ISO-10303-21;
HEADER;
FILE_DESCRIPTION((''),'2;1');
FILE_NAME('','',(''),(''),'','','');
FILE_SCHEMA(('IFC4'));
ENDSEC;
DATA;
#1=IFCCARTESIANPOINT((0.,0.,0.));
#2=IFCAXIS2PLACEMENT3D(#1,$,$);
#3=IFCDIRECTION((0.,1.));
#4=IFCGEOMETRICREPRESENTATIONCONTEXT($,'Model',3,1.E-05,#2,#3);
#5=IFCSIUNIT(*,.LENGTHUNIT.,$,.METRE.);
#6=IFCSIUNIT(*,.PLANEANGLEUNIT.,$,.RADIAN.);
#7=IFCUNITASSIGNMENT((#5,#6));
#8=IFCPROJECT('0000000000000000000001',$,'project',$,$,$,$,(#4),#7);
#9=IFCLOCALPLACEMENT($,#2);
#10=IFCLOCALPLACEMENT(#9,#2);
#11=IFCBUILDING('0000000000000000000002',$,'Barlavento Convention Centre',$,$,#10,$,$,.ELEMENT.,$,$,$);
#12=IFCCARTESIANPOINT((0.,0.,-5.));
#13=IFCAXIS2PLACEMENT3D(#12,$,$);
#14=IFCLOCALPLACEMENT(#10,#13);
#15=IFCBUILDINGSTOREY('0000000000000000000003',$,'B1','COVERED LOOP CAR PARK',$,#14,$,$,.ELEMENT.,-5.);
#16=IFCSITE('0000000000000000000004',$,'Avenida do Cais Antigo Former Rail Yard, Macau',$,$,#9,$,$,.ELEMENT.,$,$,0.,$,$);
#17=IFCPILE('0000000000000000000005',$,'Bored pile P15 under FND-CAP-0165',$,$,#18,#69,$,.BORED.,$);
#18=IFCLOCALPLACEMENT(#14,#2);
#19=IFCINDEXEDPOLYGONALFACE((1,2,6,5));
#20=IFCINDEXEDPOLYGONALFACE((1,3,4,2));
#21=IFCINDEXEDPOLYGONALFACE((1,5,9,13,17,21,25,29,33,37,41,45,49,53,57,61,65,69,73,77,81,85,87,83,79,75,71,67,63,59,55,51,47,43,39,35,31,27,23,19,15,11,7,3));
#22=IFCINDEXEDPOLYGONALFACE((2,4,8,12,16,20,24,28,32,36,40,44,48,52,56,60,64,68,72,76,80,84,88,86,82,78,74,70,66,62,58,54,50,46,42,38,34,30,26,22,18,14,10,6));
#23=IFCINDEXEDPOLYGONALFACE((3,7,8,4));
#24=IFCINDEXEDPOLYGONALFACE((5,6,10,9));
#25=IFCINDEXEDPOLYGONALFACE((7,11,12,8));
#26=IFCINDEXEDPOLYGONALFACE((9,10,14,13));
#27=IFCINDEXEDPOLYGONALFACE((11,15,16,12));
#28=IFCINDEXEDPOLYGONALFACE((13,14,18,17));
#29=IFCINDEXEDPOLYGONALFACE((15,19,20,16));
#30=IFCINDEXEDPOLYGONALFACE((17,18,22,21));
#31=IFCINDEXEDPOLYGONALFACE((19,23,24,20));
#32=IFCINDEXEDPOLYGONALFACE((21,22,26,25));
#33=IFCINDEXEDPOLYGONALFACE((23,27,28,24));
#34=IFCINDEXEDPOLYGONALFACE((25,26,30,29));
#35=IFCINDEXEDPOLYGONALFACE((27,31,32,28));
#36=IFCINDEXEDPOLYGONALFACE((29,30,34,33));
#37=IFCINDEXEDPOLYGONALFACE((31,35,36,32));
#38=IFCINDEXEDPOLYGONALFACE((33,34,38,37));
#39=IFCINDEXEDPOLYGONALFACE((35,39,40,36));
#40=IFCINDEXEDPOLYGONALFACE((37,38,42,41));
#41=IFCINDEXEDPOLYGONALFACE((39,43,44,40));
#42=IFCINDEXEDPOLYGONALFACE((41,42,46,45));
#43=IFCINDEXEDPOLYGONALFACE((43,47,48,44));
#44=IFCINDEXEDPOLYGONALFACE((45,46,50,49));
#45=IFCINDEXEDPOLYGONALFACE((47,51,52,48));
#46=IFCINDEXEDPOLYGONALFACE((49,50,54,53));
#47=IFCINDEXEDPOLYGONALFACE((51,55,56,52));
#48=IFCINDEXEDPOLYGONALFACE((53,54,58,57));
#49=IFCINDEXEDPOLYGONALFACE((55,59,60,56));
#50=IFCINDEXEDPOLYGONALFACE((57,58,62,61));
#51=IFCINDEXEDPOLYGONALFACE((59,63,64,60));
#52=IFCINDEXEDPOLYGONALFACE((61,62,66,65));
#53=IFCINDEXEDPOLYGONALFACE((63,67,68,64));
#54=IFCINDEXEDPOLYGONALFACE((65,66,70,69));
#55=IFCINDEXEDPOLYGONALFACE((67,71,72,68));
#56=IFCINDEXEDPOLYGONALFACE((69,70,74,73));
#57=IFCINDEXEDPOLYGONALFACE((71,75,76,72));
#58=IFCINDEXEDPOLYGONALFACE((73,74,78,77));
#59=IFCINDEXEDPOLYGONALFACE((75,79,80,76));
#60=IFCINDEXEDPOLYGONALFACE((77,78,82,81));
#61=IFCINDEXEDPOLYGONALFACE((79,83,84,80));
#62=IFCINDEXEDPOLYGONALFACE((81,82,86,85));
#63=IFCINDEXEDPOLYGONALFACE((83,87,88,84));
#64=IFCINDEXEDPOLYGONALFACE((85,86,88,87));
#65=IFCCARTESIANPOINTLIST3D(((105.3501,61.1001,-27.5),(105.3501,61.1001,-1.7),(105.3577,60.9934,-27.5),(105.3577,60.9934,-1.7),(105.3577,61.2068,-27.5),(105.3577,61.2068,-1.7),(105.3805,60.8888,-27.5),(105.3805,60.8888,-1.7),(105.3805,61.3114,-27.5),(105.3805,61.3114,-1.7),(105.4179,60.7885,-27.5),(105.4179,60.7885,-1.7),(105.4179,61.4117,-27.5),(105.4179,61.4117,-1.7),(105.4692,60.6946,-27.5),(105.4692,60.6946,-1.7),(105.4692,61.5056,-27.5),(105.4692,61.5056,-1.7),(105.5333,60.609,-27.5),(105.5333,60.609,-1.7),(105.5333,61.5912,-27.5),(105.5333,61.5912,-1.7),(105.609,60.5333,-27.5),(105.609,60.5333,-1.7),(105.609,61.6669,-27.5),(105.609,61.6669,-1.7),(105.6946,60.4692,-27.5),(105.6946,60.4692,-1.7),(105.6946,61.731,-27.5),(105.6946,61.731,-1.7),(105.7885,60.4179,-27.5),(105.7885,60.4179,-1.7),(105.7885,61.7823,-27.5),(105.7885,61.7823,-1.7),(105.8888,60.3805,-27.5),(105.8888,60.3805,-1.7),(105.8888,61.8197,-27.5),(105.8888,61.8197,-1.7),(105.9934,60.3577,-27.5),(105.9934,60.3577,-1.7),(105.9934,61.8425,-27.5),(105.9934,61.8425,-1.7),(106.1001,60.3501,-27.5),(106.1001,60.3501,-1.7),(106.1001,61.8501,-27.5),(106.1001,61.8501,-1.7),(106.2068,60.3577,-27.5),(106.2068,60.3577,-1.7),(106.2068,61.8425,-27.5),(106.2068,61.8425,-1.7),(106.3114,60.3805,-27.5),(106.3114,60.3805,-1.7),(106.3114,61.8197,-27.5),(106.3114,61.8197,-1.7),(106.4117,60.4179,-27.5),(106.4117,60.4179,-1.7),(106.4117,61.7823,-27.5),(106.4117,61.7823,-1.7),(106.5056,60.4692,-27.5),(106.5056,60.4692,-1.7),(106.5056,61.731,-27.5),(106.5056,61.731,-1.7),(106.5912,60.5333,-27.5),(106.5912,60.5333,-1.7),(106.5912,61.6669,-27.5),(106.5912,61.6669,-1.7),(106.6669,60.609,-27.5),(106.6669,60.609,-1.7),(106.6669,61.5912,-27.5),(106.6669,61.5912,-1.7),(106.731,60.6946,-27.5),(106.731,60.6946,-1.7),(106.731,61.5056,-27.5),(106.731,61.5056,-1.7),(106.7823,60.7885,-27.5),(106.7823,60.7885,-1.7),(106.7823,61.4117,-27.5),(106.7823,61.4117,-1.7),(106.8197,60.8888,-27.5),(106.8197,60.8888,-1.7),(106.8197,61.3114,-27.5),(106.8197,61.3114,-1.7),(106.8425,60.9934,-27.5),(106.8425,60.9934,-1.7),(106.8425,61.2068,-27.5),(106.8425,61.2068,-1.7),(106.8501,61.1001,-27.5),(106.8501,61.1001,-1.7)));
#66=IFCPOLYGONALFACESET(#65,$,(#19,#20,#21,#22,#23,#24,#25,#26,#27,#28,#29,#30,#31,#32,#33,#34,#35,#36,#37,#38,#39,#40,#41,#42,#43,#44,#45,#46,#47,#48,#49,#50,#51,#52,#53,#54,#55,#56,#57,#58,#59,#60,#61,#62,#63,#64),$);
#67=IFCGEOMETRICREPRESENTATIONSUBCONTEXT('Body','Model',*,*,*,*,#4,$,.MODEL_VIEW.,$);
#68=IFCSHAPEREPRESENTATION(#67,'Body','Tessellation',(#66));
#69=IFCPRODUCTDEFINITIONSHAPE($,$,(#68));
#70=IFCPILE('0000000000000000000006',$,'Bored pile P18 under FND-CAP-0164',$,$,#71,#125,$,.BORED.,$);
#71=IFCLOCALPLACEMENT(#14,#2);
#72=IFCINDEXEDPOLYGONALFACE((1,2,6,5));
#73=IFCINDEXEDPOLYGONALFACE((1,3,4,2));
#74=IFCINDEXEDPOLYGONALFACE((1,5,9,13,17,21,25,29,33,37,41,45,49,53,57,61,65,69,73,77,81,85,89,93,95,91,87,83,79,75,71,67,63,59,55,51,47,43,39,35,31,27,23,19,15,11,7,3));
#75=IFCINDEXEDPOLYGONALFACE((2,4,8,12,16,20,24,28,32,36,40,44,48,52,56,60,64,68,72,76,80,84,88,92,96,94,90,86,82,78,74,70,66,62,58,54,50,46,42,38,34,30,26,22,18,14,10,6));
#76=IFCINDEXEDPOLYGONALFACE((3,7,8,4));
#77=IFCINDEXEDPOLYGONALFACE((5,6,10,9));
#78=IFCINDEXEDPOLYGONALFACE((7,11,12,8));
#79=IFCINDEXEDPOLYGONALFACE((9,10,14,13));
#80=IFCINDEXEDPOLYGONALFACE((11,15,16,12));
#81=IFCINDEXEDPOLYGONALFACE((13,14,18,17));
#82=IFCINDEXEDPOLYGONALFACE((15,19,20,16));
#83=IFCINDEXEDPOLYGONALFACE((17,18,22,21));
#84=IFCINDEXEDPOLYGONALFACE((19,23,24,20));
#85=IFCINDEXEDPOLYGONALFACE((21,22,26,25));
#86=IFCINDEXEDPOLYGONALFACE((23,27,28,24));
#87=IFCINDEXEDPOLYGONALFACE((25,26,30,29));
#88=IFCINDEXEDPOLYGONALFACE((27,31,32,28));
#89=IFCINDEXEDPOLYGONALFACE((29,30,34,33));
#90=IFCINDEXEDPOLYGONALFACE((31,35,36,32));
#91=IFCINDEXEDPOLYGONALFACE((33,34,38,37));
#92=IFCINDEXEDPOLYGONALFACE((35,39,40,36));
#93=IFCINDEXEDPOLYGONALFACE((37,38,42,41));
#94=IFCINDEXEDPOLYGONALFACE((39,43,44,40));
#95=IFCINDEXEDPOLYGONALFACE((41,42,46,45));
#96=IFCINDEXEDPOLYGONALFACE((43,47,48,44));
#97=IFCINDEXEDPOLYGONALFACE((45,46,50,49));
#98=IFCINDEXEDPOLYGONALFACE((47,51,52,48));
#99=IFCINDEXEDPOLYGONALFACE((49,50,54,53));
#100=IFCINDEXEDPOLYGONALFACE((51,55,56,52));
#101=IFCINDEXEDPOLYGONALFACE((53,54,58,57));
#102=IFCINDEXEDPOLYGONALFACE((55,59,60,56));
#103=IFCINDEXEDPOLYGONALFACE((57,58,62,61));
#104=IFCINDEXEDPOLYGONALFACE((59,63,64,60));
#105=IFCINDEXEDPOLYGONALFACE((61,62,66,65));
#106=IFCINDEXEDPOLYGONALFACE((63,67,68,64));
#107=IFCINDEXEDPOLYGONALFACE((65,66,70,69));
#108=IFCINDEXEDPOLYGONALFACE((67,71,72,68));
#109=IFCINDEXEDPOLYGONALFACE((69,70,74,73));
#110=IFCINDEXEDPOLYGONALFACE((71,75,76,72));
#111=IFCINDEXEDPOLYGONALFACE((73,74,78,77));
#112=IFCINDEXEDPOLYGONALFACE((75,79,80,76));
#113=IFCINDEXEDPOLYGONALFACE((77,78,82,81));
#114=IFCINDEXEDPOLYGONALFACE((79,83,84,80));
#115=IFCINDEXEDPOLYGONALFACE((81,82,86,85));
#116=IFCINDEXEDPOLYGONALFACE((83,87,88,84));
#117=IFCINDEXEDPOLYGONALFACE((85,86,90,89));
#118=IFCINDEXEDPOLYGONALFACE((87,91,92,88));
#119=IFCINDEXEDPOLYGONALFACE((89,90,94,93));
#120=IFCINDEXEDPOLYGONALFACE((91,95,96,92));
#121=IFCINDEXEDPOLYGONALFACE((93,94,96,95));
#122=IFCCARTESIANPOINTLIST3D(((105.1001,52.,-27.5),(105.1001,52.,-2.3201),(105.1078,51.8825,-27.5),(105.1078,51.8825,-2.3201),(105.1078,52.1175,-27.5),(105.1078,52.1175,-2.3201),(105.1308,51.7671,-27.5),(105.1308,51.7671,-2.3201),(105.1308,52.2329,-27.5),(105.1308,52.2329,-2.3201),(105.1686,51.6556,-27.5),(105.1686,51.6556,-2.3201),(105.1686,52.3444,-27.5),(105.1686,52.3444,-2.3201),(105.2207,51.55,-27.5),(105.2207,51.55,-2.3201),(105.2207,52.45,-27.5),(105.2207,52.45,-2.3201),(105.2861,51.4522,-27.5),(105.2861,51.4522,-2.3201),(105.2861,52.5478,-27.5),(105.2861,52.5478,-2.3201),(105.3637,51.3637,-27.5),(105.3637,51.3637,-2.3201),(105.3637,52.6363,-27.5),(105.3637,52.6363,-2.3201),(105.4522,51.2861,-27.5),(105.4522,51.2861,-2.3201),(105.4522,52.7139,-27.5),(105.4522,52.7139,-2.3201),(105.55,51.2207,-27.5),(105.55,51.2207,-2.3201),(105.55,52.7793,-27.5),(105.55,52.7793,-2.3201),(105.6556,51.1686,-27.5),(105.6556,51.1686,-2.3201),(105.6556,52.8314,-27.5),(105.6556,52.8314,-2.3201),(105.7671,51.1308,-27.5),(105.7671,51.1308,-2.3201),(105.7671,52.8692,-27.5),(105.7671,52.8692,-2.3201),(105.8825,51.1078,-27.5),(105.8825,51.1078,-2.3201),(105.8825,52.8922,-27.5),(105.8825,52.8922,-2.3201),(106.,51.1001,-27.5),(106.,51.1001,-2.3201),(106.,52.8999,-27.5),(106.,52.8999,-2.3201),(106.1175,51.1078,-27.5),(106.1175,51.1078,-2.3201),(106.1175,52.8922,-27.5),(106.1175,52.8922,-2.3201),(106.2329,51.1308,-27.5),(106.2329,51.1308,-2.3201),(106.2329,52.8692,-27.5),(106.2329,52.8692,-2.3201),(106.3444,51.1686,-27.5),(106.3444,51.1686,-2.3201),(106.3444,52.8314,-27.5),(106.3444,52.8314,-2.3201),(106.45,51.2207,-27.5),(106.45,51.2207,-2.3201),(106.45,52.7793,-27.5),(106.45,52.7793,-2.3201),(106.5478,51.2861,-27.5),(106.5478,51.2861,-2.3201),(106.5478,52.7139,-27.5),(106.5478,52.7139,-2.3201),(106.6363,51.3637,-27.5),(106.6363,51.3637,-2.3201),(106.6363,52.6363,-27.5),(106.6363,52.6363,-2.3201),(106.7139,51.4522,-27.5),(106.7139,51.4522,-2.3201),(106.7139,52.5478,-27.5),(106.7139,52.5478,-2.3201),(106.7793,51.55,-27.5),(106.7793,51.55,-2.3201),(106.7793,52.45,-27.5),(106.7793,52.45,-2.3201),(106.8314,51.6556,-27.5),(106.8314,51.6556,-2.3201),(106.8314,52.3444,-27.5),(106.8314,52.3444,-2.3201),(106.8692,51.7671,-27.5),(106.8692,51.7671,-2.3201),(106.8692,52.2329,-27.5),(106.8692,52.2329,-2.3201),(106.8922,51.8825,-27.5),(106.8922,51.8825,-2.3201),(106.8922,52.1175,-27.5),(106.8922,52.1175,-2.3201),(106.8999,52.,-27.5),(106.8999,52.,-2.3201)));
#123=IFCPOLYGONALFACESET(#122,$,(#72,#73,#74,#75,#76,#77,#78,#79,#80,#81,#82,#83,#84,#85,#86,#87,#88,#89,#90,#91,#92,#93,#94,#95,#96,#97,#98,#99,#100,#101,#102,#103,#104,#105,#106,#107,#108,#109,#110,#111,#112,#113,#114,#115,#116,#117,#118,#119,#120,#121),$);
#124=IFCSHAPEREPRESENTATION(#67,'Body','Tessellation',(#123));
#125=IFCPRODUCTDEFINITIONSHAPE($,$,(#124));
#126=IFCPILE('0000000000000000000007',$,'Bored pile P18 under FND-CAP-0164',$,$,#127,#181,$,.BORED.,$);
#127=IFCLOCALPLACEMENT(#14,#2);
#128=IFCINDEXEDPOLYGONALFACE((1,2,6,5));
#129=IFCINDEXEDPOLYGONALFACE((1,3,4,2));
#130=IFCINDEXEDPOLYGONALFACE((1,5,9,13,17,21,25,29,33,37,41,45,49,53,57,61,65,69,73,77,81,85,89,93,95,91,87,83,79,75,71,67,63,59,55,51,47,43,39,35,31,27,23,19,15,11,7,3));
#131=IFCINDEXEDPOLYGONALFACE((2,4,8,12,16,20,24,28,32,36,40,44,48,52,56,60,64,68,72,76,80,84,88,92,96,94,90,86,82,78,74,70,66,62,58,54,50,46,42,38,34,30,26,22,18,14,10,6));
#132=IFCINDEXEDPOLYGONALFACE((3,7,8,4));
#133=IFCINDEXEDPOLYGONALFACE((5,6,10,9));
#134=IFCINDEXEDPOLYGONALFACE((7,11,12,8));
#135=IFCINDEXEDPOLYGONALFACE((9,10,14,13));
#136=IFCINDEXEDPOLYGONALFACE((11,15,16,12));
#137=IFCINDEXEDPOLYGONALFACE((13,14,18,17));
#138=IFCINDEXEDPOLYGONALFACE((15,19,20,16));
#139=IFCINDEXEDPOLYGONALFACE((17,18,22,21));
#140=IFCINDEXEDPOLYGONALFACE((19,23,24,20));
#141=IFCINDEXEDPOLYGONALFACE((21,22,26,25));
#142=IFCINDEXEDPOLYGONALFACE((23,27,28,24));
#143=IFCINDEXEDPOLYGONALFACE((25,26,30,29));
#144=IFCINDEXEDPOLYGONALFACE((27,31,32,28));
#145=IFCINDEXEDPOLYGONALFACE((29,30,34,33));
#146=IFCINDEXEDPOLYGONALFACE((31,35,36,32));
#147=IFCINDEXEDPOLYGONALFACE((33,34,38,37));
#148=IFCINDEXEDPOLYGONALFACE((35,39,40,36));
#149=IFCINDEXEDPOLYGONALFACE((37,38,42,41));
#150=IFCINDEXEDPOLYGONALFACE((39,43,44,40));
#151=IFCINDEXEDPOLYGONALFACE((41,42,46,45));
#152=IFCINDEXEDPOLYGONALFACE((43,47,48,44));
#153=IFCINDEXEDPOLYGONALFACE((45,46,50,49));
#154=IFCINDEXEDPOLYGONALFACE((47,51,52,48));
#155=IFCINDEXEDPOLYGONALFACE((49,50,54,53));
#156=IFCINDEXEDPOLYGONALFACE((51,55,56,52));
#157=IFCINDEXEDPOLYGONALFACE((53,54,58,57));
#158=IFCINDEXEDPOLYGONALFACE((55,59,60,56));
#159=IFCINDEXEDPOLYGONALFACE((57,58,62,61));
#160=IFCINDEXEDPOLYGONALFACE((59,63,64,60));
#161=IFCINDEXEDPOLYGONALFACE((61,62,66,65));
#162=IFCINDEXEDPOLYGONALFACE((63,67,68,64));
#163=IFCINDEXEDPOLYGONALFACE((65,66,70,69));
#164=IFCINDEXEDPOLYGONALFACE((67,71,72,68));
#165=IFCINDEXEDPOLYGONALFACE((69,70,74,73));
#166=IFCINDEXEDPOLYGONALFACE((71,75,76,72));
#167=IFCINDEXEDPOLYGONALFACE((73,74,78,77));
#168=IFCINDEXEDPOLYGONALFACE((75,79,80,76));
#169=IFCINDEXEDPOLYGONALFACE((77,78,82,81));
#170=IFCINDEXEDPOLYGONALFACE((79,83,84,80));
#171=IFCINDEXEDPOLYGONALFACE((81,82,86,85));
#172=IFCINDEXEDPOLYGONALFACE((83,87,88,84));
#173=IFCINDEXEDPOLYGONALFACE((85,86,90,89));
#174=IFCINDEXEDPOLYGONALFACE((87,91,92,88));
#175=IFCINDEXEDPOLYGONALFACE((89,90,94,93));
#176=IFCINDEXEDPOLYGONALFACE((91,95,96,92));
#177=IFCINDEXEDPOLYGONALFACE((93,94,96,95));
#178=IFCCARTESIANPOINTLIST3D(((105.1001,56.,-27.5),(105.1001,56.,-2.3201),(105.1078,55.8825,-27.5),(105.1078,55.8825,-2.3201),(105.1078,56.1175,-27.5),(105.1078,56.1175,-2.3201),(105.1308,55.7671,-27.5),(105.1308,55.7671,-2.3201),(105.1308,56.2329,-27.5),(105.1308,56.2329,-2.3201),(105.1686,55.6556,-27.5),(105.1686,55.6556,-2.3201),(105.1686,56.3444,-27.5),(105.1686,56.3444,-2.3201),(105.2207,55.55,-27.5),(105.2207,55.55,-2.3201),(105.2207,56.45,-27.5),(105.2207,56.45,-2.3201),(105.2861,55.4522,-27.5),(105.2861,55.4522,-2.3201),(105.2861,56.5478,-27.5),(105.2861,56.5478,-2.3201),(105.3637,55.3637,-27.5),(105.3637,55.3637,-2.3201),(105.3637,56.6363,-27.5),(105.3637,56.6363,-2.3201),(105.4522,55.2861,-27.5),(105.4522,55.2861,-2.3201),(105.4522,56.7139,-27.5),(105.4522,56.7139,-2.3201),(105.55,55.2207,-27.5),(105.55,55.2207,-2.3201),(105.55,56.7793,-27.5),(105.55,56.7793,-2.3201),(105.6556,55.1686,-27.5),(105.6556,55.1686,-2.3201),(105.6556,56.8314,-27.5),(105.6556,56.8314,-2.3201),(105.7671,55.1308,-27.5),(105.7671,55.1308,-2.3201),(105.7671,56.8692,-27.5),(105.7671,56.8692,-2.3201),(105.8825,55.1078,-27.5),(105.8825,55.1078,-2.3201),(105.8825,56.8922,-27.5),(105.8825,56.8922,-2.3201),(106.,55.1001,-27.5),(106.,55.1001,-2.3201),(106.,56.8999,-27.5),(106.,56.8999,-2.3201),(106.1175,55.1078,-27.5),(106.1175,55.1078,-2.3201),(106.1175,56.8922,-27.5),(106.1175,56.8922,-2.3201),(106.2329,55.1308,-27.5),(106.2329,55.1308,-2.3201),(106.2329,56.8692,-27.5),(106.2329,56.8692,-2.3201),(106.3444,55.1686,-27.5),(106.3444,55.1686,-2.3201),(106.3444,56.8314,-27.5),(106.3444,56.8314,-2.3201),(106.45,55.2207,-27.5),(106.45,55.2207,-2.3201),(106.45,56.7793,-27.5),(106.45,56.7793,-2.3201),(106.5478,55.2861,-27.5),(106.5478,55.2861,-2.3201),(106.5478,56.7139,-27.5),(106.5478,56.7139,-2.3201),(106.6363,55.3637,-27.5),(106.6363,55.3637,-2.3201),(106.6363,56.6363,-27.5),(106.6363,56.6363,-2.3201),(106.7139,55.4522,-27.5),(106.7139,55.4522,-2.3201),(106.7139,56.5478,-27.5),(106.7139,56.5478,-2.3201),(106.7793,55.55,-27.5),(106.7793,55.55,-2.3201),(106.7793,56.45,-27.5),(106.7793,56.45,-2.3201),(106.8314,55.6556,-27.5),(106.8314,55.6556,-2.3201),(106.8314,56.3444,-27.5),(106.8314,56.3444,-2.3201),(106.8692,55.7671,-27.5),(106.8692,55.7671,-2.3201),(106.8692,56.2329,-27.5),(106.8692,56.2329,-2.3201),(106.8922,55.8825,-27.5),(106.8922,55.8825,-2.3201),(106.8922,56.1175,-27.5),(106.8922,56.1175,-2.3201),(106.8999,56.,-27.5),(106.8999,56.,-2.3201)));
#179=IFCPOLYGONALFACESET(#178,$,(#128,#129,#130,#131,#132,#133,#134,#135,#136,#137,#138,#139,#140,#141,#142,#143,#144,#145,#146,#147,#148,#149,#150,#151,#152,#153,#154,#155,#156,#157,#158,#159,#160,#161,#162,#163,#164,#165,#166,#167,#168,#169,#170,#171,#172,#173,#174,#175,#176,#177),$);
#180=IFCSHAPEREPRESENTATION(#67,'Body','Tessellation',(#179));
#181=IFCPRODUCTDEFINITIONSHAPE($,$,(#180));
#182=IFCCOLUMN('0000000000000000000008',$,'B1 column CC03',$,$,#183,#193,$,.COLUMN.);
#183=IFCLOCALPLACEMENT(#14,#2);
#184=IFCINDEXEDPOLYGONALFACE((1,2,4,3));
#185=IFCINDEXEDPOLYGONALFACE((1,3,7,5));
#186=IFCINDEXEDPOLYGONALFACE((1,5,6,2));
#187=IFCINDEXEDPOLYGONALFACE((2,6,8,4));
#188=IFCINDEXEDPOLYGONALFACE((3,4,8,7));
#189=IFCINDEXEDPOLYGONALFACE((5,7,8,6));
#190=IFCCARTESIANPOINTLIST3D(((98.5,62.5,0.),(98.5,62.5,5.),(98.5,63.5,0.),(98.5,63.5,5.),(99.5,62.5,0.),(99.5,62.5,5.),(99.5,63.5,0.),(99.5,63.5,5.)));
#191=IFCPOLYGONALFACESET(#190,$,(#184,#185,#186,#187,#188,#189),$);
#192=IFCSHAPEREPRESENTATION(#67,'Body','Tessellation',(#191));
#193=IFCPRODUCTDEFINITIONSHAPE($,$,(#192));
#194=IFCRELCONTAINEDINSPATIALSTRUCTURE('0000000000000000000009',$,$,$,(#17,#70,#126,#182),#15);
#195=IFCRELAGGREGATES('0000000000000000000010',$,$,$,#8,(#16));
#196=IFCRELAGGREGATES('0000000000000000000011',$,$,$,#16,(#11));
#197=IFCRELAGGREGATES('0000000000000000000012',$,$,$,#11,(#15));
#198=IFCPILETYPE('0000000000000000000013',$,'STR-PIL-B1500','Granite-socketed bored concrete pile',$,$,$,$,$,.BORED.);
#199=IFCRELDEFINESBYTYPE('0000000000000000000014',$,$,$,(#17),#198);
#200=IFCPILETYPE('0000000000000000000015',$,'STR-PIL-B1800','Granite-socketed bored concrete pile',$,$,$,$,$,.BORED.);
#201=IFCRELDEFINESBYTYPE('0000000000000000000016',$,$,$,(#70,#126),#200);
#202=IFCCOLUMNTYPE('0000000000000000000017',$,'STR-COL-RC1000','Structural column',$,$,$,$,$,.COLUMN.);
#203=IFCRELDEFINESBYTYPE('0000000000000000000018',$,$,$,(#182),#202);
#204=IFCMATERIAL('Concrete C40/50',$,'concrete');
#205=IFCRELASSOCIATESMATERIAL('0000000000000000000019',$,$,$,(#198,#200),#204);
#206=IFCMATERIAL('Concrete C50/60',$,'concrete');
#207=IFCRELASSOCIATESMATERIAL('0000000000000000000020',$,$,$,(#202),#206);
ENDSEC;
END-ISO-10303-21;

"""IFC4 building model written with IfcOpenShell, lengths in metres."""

from ifc_helpers import new_model, si_unit, direction, frame, origin, origin_2d, place, context, subcontext, project, spatial, rectangle, circle, extrude, material, material_profile, profile_set, type_object, element, save


model = new_model("IFC4")

# Units and contexts
model_context = context("Model", 3, precision=1e-05, world=origin(), true_north=direction((0.0, 1.0)))
body_context = subcontext(model_context, "Body", "Model", "MODEL_VIEW")
ifc_project = project(units=[si_unit("LENGTHUNIT", "METRE"), si_unit("PLANEANGLEUNIT", "RADIAN")], contexts=[model_context])

# Site, building, storey
site_placement = place(None, origin())
site = spatial("IfcSite", under=ifc_project, at=site_placement, Name="Avenida do Cais Antigo Former Rail Yard, Macau", CompositionType="ELEMENT", RefElevation=0.0)
building_placement = place(site_placement, origin())
building = spatial("IfcBuilding", under=site, at=building_placement, Name="Barlavento Convention Centre", CompositionType="ELEMENT")
storey_placement = place(building_placement, frame((0.0, 0.0, -5.0)))
storey = spatial("IfcBuildingStorey", under=building, at=storey_placement, Name="B1", Description="COVERED LOOP CAR PARK", CompositionType="ELEMENT", Elevation=-5.0)

# Shared definitions
ifc_material_1 = material(Name="Concrete C40/50", Category="concrete")

# Piles
ifc_material_profile_1 = material_profile(ifc_material_1, circle(Radius=0.75, at=origin_2d()), Name="BORED PILE 1500")
ifc_profile_set_1 = profile_set([ifc_material_profile_1], Name="Concrete C40/50")
pile_type_1 = type_object("IfcPileType", Name="STR-PIL-B1500", Description="Granite-socketed bored concrete pile", PredefinedType="BORED", material=ifc_profile_set_1)
pile_1_placement = place(storey_placement, frame((106.1001, 61.1001, -1.7), z_axis=(0.0, 0.0, -1.0), x_axis=(1.0, 0.0, 0.0)))
element("IfcPile", 1, at=pile_1_placement, inside=storey, type_object=pile_type_1, Name="Bored pile P15 under FND-CAP-0165", PredefinedType="BORED", context=body_context, shape_type="SweptSolid", body=[
    extrude(circle(Radius=0.75, at=origin_2d()), origin(), (0.0, 0.0, 1.0), 25.8),
])
ifc_material_profile_2 = material_profile(ifc_material_1, circle(Radius=0.8999, at=origin_2d()), Name="BORED PILE 1800")
ifc_profile_set_2 = profile_set([ifc_material_profile_2], Name="Concrete C40/50")
pile_type_2 = type_object("IfcPileType", Name="STR-PIL-B1800", Description="Granite-socketed bored concrete pile", PredefinedType="BORED", material=ifc_profile_set_2)
for number, where, z_axis, x_axis, name in (
    (2, (106.0, 52.0, -2.3201), (0.0, 0.0, -1.0), (1.0, 0.0, 0.0), "Bored pile P18 under FND-CAP-0164"),
    (3, (106.0, 56.0, -2.3201), (0.0, 0.0, -1.0), (1.0, 0.0, 0.0), "Bored pile P18 under FND-CAP-0164"),
):
    element("IfcPile", number, at=place(storey_placement, frame(where, z_axis=z_axis, x_axis=x_axis)), inside=storey, type_object=pile_type_2, Name=name, PredefinedType="BORED", context=body_context, shape_type="SweptSolid", body=[
        extrude(circle(Radius=0.8999, at=origin_2d()), origin(), (0.0, 0.0, 1.0), 25.1799),
    ])

# Column
ifc_material_2 = material(Name="Concrete C50/60", Category="concrete")
ifc_material_profile_3 = material_profile(ifc_material_2, rectangle(XDim=1.0, YDim=1.0, at=origin_2d()), Name="RC 1000x1000")
ifc_profile_set_3 = profile_set([ifc_material_profile_3], Name="Concrete C50/60")
column_type_1 = type_object("IfcColumnType", Name="STR-COL-RC1000", Description="Structural column", PredefinedType="COLUMN", material=ifc_profile_set_3)
column_1_placement = place(storey_placement, frame((99.0, 63.0, 0.0), z_axis=(0.0, 0.0, 1.0), x_axis=(1.0, 0.0, 0.0)))
element("IfcColumn", 4, at=column_1_placement, inside=storey, type_object=column_type_1, Name="B1 column CC03", PredefinedType="COLUMN", context=body_context, shape_type="SweptSolid", body=[
    extrude(rectangle(XDim=1.0, YDim=1.0, at=origin_2d()), origin(), (0.0, 0.0, 1.0), 5.0),
])

save(model, "model.ifc")
